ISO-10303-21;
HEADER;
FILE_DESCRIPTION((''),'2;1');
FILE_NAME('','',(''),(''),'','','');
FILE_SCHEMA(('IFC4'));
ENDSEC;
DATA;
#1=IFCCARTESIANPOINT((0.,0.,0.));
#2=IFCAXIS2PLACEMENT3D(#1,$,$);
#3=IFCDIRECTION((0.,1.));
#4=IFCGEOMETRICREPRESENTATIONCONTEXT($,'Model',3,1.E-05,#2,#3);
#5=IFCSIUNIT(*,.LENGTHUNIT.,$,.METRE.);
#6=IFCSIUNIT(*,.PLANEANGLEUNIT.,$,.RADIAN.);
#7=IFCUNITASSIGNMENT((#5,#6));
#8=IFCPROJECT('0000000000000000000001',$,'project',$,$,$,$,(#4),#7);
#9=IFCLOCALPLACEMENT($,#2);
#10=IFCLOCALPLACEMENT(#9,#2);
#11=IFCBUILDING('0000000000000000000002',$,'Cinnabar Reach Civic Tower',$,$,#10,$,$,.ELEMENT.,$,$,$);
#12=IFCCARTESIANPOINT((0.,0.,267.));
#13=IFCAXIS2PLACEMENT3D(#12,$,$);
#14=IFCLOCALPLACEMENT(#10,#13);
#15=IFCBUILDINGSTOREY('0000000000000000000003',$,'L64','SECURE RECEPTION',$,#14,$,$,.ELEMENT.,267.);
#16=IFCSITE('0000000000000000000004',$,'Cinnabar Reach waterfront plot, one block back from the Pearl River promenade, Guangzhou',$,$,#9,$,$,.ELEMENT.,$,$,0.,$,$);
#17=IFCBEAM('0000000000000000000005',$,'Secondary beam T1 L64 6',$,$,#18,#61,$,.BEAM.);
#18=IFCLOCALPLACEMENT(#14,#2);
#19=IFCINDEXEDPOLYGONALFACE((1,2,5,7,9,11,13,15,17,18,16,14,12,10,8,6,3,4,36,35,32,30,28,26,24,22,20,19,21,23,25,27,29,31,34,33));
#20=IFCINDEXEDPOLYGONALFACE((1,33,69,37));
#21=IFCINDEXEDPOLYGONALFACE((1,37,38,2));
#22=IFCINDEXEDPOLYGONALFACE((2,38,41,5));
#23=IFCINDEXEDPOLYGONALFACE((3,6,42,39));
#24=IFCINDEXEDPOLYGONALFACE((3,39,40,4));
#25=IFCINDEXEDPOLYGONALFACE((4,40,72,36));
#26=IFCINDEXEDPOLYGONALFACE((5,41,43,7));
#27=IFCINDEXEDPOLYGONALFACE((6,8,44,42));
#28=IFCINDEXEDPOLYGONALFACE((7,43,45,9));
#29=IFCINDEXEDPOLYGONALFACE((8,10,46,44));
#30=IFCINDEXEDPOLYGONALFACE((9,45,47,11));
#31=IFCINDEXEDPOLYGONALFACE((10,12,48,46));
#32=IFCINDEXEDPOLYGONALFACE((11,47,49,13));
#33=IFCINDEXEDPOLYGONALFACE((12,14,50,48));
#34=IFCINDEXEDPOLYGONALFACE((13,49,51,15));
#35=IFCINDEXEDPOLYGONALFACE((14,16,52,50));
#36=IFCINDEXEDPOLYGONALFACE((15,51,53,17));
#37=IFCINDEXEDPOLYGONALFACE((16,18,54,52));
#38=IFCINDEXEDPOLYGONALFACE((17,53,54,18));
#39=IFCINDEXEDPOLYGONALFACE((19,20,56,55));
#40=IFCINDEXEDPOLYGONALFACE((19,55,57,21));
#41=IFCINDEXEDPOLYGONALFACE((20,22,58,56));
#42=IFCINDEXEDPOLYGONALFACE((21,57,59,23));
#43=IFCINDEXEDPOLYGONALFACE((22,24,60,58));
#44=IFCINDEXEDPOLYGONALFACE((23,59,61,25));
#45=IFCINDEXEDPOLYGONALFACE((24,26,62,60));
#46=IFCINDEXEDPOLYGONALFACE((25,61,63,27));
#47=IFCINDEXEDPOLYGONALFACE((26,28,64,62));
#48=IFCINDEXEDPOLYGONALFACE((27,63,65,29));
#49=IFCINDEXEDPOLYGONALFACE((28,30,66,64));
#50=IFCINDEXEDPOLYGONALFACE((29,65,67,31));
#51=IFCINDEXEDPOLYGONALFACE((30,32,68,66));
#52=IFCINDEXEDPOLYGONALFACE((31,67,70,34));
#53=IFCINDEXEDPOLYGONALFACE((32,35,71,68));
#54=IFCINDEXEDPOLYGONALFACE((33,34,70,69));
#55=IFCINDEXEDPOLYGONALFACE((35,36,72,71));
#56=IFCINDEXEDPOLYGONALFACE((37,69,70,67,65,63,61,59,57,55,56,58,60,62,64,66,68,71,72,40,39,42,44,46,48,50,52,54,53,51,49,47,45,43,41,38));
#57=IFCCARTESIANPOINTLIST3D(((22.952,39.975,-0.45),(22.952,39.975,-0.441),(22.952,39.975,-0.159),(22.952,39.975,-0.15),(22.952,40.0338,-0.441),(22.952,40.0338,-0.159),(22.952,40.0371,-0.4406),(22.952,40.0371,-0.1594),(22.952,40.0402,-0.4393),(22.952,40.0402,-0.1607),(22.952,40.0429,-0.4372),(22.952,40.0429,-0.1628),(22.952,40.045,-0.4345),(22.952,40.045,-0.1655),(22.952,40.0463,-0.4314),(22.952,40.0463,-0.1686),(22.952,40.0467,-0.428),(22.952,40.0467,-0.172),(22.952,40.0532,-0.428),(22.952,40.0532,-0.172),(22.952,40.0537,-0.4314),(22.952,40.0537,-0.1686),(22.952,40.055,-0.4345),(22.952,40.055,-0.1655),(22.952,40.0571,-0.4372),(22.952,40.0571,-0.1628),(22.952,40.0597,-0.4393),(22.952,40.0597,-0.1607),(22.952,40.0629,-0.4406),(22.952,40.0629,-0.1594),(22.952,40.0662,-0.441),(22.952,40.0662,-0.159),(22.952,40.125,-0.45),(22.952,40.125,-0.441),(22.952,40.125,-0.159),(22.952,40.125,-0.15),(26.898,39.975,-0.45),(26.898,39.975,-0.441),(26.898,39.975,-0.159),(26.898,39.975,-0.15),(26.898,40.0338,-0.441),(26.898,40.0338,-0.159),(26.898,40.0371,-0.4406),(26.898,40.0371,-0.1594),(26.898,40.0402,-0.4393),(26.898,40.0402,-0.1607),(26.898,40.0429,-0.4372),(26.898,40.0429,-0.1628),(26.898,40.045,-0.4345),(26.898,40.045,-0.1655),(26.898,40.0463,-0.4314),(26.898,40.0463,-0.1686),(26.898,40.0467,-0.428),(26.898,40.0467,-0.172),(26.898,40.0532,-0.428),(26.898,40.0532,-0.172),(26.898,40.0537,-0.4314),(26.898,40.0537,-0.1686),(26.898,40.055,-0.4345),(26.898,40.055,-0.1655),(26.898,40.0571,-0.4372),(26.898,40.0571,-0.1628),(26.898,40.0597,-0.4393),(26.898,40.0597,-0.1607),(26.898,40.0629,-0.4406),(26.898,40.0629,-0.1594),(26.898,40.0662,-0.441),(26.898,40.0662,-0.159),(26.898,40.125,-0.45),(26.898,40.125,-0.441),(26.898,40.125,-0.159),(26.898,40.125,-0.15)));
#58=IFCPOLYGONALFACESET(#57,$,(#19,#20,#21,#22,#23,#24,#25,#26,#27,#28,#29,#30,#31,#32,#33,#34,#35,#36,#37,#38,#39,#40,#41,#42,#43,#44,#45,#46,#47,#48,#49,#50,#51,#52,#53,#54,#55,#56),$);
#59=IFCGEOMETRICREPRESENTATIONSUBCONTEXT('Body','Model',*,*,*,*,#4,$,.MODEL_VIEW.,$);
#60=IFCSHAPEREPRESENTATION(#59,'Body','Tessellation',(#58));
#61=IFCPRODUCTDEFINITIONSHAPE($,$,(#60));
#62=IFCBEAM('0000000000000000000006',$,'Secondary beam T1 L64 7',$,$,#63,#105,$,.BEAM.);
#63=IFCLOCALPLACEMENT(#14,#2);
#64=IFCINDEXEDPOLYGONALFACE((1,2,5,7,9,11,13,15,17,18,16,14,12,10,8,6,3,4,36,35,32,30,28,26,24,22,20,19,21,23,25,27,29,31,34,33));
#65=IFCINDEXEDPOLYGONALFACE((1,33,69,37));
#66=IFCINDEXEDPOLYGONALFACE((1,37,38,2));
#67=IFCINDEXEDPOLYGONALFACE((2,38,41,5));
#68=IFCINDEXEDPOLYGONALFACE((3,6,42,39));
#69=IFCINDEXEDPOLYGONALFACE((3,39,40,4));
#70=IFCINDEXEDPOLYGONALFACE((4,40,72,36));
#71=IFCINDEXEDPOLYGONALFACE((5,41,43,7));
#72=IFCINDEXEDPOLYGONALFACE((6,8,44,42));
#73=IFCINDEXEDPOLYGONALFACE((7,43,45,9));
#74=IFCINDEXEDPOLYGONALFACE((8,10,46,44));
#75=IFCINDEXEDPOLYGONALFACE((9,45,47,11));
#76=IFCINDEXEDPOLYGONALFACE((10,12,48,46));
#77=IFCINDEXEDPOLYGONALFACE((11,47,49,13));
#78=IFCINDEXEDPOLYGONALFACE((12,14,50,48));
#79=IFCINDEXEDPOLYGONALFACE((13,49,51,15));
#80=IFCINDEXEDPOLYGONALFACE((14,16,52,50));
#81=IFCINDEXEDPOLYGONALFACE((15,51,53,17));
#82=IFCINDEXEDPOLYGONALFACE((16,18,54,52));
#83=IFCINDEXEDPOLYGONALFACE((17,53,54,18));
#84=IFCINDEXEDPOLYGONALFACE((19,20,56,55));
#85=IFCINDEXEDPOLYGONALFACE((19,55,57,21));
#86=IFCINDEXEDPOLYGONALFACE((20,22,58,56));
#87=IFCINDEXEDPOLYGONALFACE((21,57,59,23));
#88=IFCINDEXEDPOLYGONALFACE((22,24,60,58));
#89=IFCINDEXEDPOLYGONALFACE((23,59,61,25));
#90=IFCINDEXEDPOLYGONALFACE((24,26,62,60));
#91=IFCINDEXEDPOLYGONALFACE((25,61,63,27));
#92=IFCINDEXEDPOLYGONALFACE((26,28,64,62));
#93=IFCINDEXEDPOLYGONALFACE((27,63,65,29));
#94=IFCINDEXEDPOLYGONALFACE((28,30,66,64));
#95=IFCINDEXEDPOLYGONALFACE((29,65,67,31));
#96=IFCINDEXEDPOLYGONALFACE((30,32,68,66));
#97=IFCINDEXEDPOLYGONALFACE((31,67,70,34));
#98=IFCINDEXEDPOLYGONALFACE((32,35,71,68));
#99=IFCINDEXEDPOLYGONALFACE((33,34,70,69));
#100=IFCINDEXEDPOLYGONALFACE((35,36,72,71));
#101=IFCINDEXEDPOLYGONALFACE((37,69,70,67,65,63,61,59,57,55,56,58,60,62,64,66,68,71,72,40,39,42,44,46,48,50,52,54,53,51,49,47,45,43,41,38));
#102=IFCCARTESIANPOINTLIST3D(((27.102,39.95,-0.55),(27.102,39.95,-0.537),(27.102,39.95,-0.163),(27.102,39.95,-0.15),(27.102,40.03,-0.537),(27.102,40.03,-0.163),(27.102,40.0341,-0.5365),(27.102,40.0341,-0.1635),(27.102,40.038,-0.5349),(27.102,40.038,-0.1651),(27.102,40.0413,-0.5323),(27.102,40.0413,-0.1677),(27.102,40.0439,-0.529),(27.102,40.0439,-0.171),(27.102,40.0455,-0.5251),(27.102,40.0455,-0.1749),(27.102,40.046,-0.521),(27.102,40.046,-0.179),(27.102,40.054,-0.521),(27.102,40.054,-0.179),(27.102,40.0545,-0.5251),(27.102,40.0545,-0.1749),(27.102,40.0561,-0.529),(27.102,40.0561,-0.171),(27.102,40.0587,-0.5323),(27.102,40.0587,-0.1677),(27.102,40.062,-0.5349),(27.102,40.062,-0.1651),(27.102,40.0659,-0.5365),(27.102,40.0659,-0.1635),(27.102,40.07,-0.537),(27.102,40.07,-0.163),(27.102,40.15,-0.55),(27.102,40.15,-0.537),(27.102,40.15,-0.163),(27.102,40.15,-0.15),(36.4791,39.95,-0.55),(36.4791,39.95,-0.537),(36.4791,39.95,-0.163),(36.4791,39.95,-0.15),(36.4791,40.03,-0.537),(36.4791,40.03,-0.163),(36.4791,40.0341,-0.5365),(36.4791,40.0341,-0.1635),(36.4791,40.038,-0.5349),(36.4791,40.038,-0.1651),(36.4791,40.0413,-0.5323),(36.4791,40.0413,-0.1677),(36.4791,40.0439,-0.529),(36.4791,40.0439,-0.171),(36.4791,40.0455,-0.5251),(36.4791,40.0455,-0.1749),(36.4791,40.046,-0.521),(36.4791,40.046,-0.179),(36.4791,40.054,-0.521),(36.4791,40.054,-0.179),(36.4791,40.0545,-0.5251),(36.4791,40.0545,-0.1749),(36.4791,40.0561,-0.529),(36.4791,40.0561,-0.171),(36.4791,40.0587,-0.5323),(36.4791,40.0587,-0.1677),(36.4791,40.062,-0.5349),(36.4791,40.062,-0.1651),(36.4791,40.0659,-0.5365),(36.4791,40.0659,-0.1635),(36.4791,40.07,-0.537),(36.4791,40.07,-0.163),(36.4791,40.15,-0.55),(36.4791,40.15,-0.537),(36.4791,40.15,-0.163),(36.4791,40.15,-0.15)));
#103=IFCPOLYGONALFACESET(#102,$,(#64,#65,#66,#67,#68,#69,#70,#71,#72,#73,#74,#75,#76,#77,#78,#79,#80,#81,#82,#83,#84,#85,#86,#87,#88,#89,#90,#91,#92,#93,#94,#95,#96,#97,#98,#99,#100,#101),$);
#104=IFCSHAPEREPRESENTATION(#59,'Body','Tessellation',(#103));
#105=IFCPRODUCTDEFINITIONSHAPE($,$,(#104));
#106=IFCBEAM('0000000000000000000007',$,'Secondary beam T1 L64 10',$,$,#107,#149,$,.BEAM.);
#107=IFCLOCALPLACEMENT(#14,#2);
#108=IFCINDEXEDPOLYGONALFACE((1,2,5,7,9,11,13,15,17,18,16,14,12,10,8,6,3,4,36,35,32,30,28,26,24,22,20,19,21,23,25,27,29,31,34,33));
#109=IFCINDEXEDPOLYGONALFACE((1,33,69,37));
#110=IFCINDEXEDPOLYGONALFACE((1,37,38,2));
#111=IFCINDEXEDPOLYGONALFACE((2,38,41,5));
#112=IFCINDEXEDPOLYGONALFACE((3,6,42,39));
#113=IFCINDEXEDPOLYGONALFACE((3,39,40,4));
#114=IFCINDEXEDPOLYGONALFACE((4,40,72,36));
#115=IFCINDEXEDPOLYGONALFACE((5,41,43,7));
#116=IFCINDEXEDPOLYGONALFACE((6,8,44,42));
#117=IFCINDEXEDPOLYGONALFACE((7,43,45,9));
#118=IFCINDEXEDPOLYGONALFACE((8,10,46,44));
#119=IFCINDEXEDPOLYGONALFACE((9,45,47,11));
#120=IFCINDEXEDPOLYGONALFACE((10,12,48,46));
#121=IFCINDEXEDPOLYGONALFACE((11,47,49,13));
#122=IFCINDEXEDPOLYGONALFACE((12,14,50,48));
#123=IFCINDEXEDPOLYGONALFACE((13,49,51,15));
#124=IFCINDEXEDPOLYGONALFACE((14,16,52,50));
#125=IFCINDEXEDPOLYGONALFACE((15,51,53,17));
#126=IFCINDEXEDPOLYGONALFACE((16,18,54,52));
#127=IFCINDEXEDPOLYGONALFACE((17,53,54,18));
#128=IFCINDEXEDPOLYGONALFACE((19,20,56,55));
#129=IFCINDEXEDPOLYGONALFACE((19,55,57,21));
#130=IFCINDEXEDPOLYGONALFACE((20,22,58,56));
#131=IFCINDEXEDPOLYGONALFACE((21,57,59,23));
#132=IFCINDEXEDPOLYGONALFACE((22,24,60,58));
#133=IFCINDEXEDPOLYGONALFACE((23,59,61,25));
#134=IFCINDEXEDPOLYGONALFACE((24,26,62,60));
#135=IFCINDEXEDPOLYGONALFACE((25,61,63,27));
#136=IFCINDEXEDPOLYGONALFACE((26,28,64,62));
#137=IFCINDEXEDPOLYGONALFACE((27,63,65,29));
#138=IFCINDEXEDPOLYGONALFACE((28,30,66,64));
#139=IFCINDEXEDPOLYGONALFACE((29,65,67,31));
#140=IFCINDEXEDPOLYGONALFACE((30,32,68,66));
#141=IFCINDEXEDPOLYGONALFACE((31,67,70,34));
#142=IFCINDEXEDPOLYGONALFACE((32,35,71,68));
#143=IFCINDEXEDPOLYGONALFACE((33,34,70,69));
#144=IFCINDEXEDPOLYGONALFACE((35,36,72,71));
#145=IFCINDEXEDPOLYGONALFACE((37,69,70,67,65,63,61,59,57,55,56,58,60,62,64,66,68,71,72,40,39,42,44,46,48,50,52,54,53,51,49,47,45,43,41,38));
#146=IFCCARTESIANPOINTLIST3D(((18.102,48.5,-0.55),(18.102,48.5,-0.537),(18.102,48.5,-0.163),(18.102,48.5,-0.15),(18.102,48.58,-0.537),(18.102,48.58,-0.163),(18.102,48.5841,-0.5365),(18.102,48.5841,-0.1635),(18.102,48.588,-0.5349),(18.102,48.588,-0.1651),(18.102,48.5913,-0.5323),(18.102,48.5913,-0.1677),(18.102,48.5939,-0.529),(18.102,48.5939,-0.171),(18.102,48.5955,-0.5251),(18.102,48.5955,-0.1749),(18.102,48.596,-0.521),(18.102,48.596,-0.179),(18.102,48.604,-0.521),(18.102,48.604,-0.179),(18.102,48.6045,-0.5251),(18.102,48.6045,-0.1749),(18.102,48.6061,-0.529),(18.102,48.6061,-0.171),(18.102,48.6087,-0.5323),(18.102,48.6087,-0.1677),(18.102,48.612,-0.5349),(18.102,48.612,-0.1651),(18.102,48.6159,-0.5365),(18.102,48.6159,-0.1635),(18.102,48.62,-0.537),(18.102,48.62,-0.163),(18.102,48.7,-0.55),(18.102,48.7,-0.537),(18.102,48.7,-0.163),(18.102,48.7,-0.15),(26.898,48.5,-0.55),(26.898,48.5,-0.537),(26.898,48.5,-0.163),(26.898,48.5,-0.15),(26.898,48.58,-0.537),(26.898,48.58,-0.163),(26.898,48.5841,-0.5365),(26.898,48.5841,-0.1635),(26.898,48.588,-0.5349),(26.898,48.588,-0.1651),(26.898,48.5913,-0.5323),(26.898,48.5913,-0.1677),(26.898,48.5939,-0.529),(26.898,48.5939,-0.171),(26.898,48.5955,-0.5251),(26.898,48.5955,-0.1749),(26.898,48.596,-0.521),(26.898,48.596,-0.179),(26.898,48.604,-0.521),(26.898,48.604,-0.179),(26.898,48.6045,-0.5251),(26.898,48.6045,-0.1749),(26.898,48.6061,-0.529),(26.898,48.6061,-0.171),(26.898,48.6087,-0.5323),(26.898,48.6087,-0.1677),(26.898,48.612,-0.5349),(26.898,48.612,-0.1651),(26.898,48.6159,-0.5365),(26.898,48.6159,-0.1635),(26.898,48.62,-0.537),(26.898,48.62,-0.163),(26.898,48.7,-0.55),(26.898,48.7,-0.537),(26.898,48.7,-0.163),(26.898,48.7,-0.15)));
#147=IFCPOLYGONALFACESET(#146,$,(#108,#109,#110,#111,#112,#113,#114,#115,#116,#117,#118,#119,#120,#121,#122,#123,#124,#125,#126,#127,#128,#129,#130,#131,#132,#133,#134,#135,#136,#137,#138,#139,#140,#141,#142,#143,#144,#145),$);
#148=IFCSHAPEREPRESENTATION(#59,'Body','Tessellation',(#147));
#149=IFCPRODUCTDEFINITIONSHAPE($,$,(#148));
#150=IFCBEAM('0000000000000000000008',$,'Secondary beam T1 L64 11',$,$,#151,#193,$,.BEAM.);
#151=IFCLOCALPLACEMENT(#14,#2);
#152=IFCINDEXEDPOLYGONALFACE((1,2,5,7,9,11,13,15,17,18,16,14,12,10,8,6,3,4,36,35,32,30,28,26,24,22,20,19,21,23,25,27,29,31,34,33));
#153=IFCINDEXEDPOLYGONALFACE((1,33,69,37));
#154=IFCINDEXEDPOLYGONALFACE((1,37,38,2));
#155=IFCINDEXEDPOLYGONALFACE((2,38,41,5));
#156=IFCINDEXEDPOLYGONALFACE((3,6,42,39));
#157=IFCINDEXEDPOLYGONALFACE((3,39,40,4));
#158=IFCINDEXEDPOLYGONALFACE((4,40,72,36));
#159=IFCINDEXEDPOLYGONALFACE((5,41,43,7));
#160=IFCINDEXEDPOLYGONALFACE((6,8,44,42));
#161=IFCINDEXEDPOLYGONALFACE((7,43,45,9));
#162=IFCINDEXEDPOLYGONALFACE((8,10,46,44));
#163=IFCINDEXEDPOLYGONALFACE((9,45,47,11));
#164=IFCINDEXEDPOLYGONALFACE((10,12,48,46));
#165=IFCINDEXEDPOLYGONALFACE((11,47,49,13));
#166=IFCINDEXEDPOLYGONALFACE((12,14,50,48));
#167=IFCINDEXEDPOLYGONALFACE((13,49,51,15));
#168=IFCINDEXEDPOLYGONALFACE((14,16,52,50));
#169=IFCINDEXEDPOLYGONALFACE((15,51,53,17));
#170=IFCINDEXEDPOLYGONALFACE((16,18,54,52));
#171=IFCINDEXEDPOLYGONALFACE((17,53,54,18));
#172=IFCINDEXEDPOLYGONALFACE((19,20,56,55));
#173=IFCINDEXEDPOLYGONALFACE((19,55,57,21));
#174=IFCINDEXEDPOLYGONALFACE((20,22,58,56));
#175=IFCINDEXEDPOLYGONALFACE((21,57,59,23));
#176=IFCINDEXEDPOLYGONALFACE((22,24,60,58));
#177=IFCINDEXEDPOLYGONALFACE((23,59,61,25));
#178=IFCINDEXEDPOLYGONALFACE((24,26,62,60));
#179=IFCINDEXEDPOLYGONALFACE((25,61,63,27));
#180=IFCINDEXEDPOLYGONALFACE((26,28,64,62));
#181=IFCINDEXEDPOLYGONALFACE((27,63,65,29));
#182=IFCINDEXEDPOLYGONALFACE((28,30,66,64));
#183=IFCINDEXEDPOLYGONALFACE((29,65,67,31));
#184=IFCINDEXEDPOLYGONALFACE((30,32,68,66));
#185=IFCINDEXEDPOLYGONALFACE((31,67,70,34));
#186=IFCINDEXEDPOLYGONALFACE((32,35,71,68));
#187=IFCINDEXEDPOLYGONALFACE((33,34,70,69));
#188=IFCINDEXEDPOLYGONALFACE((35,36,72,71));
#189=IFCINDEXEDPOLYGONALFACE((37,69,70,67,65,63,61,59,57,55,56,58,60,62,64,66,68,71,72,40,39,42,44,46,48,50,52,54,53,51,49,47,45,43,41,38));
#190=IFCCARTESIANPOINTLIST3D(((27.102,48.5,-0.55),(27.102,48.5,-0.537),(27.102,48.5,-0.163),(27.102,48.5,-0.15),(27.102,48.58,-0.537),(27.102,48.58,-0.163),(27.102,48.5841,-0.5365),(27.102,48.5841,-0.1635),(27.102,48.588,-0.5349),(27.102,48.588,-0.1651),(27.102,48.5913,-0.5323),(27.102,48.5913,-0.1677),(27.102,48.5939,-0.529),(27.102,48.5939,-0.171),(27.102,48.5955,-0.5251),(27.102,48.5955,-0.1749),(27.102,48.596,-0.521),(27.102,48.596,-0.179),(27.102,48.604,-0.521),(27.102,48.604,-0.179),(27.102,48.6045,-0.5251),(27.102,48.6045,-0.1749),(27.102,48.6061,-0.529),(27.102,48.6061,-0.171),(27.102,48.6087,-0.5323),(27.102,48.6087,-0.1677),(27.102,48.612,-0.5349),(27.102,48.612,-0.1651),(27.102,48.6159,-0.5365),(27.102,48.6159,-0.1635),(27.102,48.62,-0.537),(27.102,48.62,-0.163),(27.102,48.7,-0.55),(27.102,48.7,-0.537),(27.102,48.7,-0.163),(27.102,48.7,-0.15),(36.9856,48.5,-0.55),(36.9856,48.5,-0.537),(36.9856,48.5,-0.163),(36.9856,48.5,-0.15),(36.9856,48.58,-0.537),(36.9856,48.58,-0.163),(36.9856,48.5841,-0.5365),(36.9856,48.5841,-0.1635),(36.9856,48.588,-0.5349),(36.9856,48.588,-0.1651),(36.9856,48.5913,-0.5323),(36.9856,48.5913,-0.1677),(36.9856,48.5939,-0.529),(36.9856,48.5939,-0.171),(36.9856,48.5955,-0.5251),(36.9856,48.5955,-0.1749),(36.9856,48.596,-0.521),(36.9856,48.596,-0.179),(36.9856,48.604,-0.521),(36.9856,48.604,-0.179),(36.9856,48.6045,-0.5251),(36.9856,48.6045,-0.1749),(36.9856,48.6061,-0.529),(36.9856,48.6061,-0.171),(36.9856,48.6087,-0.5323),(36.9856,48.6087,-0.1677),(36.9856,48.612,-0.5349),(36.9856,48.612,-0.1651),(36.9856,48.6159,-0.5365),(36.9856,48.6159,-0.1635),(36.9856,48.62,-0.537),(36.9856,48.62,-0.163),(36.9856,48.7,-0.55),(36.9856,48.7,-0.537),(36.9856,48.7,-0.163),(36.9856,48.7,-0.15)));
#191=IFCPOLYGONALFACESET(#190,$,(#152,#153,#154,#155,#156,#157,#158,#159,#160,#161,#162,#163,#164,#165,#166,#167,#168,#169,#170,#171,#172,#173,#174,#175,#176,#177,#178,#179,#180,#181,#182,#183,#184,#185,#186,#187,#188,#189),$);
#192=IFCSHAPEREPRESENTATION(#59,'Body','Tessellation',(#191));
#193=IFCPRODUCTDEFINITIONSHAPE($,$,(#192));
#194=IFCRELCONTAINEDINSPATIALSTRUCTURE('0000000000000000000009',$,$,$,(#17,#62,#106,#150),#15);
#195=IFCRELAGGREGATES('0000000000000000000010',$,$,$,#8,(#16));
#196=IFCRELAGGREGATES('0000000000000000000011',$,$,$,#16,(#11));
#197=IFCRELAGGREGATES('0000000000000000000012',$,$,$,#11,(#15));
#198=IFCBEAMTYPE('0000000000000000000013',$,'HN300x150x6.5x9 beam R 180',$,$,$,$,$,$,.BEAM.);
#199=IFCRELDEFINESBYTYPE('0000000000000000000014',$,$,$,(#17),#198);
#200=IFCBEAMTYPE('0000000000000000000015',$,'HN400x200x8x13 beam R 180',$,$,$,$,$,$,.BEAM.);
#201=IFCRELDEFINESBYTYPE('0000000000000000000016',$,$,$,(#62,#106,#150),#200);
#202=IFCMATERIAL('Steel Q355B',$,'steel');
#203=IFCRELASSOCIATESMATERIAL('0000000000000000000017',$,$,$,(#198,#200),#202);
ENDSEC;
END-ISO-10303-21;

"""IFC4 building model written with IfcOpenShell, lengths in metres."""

from ifc_helpers import new_model, si_unit, direction, frame, origin, origin_2d, place, context, subcontext, project, spatial, i_section, extrude, material, material_profile, profile_set, type_object, element, save


model = new_model("IFC4")

# Units and contexts
model_context = context("Model", 3, precision=1e-05, world=origin(), true_north=direction((0.0, 1.0)))
body_context = subcontext(model_context, "Body", "Model", "MODEL_VIEW")
ifc_project = project(units=[si_unit("LENGTHUNIT", "METRE"), si_unit("PLANEANGLEUNIT", "RADIAN")], contexts=[model_context])

# Site, building, storey
site_placement = place(None, origin())
site = spatial("IfcSite", under=ifc_project, at=site_placement, Name="Cinnabar Reach waterfront plot, one block back from the Pearl River promenade, Guangzhou", CompositionType="ELEMENT", RefElevation=0.0)
building_placement = place(site_placement, origin())
building = spatial("IfcBuilding", under=site, at=building_placement, Name="Cinnabar Reach Civic Tower", CompositionType="ELEMENT")
storey_placement = place(building_placement, frame((0.0, 0.0, 267.0)))
storey = spatial("IfcBuildingStorey", under=building, at=storey_placement, Name="L64", Description="SECURE RECEPTION", CompositionType="ELEMENT", Elevation=267.0)

# Beams
ifc_material_1 = material(Name="Steel Q355B", Category="steel")
ifc_material_profile_1 = material_profile(ifc_material_1, i_section(OverallWidth=0.15, OverallDepth=0.3, WebThickness=0.0065, FlangeThickness=0.009, FilletRadius=0.013, at=origin_2d()), Name="HN300x150x6.5x9")
ifc_profile_set_1 = profile_set([ifc_material_profile_1], Name="Steel Q355B")
beam_type_1 = type_object("IfcBeamType", Name="HN300x150x6.5x9 beam R 180", PredefinedType="BEAM", material=ifc_profile_set_1)
beam_1_placement = place(storey_placement, frame((22.952, 40.05, -0.3), z_axis=(1.0, 0.0, 0.0), x_axis=(0.0, 1.0, 0.0)))
element("IfcBeam", 1, at=beam_1_placement, inside=storey, type_object=beam_type_1, Name="Secondary beam T1 L64 6", PredefinedType="BEAM", context=body_context, shape_type="SweptSolid", body=[
    extrude(i_section(OverallWidth=0.15, OverallDepth=0.3, WebThickness=0.0065, FlangeThickness=0.009, FilletRadius=0.013, at=origin_2d()), origin(), (0.0, 0.0, 1.0), 3.946),
])
ifc_material_profile_2 = material_profile(ifc_material_1, i_section(OverallWidth=0.2, OverallDepth=0.4, WebThickness=0.008, FlangeThickness=0.013, FilletRadius=0.016, at=origin_2d()), Name="HN400x200x8x13")
ifc_profile_set_2 = profile_set([ifc_material_profile_2], Name="Steel Q355B")
beam_type_2 = type_object("IfcBeamType", Name="HN400x200x8x13 beam R 180", PredefinedType="BEAM", material=ifc_profile_set_2)
beam_2_placement = place(storey_placement, frame((27.102, 40.05, -0.35), z_axis=(1.0, 0.0, 0.0), x_axis=(0.0, 1.0, 0.0)))
element("IfcBeam", 2, at=beam_2_placement, inside=storey, type_object=beam_type_2, Name="Secondary beam T1 L64 7", PredefinedType="BEAM", context=body_context, shape_type="SweptSolid", body=[
    extrude(i_section(OverallWidth=0.2, OverallDepth=0.4, WebThickness=0.008, FlangeThickness=0.013, FilletRadius=0.016, at=origin_2d()), origin(), (0.0, 0.0, 1.0), 9.3771),
])
beam_3_placement = place(storey_placement, frame((18.102, 48.6, -0.35), z_axis=(1.0, 0.0, 0.0), x_axis=(0.0, 1.0, 0.0)))
element("IfcBeam", 3, at=beam_3_placement, inside=storey, type_object=beam_type_2, Name="Secondary beam T1 L64 10", PredefinedType="BEAM", context=body_context, shape_type="SweptSolid", body=[
    extrude(i_section(OverallWidth=0.2, OverallDepth=0.4, WebThickness=0.008, FlangeThickness=0.013, FilletRadius=0.016, at=origin_2d()), origin(), (0.0, 0.0, 1.0), 8.796),
])
beam_4_placement = place(storey_placement, frame((27.102, 48.6, -0.35), z_axis=(1.0, 0.0, 0.0), x_axis=(0.0, 1.0, 0.0)))
element("IfcBeam", 4, at=beam_4_placement, inside=storey, type_object=beam_type_2, Name="Secondary beam T1 L64 11", PredefinedType="BEAM", context=body_context, shape_type="SweptSolid", body=[
    extrude(i_section(OverallWidth=0.2, OverallDepth=0.4, WebThickness=0.008, FlangeThickness=0.013, FilletRadius=0.016, at=origin_2d()), origin(), (0.0, 0.0, 1.0), 9.8836),
])

save(model, "model.ifc")
